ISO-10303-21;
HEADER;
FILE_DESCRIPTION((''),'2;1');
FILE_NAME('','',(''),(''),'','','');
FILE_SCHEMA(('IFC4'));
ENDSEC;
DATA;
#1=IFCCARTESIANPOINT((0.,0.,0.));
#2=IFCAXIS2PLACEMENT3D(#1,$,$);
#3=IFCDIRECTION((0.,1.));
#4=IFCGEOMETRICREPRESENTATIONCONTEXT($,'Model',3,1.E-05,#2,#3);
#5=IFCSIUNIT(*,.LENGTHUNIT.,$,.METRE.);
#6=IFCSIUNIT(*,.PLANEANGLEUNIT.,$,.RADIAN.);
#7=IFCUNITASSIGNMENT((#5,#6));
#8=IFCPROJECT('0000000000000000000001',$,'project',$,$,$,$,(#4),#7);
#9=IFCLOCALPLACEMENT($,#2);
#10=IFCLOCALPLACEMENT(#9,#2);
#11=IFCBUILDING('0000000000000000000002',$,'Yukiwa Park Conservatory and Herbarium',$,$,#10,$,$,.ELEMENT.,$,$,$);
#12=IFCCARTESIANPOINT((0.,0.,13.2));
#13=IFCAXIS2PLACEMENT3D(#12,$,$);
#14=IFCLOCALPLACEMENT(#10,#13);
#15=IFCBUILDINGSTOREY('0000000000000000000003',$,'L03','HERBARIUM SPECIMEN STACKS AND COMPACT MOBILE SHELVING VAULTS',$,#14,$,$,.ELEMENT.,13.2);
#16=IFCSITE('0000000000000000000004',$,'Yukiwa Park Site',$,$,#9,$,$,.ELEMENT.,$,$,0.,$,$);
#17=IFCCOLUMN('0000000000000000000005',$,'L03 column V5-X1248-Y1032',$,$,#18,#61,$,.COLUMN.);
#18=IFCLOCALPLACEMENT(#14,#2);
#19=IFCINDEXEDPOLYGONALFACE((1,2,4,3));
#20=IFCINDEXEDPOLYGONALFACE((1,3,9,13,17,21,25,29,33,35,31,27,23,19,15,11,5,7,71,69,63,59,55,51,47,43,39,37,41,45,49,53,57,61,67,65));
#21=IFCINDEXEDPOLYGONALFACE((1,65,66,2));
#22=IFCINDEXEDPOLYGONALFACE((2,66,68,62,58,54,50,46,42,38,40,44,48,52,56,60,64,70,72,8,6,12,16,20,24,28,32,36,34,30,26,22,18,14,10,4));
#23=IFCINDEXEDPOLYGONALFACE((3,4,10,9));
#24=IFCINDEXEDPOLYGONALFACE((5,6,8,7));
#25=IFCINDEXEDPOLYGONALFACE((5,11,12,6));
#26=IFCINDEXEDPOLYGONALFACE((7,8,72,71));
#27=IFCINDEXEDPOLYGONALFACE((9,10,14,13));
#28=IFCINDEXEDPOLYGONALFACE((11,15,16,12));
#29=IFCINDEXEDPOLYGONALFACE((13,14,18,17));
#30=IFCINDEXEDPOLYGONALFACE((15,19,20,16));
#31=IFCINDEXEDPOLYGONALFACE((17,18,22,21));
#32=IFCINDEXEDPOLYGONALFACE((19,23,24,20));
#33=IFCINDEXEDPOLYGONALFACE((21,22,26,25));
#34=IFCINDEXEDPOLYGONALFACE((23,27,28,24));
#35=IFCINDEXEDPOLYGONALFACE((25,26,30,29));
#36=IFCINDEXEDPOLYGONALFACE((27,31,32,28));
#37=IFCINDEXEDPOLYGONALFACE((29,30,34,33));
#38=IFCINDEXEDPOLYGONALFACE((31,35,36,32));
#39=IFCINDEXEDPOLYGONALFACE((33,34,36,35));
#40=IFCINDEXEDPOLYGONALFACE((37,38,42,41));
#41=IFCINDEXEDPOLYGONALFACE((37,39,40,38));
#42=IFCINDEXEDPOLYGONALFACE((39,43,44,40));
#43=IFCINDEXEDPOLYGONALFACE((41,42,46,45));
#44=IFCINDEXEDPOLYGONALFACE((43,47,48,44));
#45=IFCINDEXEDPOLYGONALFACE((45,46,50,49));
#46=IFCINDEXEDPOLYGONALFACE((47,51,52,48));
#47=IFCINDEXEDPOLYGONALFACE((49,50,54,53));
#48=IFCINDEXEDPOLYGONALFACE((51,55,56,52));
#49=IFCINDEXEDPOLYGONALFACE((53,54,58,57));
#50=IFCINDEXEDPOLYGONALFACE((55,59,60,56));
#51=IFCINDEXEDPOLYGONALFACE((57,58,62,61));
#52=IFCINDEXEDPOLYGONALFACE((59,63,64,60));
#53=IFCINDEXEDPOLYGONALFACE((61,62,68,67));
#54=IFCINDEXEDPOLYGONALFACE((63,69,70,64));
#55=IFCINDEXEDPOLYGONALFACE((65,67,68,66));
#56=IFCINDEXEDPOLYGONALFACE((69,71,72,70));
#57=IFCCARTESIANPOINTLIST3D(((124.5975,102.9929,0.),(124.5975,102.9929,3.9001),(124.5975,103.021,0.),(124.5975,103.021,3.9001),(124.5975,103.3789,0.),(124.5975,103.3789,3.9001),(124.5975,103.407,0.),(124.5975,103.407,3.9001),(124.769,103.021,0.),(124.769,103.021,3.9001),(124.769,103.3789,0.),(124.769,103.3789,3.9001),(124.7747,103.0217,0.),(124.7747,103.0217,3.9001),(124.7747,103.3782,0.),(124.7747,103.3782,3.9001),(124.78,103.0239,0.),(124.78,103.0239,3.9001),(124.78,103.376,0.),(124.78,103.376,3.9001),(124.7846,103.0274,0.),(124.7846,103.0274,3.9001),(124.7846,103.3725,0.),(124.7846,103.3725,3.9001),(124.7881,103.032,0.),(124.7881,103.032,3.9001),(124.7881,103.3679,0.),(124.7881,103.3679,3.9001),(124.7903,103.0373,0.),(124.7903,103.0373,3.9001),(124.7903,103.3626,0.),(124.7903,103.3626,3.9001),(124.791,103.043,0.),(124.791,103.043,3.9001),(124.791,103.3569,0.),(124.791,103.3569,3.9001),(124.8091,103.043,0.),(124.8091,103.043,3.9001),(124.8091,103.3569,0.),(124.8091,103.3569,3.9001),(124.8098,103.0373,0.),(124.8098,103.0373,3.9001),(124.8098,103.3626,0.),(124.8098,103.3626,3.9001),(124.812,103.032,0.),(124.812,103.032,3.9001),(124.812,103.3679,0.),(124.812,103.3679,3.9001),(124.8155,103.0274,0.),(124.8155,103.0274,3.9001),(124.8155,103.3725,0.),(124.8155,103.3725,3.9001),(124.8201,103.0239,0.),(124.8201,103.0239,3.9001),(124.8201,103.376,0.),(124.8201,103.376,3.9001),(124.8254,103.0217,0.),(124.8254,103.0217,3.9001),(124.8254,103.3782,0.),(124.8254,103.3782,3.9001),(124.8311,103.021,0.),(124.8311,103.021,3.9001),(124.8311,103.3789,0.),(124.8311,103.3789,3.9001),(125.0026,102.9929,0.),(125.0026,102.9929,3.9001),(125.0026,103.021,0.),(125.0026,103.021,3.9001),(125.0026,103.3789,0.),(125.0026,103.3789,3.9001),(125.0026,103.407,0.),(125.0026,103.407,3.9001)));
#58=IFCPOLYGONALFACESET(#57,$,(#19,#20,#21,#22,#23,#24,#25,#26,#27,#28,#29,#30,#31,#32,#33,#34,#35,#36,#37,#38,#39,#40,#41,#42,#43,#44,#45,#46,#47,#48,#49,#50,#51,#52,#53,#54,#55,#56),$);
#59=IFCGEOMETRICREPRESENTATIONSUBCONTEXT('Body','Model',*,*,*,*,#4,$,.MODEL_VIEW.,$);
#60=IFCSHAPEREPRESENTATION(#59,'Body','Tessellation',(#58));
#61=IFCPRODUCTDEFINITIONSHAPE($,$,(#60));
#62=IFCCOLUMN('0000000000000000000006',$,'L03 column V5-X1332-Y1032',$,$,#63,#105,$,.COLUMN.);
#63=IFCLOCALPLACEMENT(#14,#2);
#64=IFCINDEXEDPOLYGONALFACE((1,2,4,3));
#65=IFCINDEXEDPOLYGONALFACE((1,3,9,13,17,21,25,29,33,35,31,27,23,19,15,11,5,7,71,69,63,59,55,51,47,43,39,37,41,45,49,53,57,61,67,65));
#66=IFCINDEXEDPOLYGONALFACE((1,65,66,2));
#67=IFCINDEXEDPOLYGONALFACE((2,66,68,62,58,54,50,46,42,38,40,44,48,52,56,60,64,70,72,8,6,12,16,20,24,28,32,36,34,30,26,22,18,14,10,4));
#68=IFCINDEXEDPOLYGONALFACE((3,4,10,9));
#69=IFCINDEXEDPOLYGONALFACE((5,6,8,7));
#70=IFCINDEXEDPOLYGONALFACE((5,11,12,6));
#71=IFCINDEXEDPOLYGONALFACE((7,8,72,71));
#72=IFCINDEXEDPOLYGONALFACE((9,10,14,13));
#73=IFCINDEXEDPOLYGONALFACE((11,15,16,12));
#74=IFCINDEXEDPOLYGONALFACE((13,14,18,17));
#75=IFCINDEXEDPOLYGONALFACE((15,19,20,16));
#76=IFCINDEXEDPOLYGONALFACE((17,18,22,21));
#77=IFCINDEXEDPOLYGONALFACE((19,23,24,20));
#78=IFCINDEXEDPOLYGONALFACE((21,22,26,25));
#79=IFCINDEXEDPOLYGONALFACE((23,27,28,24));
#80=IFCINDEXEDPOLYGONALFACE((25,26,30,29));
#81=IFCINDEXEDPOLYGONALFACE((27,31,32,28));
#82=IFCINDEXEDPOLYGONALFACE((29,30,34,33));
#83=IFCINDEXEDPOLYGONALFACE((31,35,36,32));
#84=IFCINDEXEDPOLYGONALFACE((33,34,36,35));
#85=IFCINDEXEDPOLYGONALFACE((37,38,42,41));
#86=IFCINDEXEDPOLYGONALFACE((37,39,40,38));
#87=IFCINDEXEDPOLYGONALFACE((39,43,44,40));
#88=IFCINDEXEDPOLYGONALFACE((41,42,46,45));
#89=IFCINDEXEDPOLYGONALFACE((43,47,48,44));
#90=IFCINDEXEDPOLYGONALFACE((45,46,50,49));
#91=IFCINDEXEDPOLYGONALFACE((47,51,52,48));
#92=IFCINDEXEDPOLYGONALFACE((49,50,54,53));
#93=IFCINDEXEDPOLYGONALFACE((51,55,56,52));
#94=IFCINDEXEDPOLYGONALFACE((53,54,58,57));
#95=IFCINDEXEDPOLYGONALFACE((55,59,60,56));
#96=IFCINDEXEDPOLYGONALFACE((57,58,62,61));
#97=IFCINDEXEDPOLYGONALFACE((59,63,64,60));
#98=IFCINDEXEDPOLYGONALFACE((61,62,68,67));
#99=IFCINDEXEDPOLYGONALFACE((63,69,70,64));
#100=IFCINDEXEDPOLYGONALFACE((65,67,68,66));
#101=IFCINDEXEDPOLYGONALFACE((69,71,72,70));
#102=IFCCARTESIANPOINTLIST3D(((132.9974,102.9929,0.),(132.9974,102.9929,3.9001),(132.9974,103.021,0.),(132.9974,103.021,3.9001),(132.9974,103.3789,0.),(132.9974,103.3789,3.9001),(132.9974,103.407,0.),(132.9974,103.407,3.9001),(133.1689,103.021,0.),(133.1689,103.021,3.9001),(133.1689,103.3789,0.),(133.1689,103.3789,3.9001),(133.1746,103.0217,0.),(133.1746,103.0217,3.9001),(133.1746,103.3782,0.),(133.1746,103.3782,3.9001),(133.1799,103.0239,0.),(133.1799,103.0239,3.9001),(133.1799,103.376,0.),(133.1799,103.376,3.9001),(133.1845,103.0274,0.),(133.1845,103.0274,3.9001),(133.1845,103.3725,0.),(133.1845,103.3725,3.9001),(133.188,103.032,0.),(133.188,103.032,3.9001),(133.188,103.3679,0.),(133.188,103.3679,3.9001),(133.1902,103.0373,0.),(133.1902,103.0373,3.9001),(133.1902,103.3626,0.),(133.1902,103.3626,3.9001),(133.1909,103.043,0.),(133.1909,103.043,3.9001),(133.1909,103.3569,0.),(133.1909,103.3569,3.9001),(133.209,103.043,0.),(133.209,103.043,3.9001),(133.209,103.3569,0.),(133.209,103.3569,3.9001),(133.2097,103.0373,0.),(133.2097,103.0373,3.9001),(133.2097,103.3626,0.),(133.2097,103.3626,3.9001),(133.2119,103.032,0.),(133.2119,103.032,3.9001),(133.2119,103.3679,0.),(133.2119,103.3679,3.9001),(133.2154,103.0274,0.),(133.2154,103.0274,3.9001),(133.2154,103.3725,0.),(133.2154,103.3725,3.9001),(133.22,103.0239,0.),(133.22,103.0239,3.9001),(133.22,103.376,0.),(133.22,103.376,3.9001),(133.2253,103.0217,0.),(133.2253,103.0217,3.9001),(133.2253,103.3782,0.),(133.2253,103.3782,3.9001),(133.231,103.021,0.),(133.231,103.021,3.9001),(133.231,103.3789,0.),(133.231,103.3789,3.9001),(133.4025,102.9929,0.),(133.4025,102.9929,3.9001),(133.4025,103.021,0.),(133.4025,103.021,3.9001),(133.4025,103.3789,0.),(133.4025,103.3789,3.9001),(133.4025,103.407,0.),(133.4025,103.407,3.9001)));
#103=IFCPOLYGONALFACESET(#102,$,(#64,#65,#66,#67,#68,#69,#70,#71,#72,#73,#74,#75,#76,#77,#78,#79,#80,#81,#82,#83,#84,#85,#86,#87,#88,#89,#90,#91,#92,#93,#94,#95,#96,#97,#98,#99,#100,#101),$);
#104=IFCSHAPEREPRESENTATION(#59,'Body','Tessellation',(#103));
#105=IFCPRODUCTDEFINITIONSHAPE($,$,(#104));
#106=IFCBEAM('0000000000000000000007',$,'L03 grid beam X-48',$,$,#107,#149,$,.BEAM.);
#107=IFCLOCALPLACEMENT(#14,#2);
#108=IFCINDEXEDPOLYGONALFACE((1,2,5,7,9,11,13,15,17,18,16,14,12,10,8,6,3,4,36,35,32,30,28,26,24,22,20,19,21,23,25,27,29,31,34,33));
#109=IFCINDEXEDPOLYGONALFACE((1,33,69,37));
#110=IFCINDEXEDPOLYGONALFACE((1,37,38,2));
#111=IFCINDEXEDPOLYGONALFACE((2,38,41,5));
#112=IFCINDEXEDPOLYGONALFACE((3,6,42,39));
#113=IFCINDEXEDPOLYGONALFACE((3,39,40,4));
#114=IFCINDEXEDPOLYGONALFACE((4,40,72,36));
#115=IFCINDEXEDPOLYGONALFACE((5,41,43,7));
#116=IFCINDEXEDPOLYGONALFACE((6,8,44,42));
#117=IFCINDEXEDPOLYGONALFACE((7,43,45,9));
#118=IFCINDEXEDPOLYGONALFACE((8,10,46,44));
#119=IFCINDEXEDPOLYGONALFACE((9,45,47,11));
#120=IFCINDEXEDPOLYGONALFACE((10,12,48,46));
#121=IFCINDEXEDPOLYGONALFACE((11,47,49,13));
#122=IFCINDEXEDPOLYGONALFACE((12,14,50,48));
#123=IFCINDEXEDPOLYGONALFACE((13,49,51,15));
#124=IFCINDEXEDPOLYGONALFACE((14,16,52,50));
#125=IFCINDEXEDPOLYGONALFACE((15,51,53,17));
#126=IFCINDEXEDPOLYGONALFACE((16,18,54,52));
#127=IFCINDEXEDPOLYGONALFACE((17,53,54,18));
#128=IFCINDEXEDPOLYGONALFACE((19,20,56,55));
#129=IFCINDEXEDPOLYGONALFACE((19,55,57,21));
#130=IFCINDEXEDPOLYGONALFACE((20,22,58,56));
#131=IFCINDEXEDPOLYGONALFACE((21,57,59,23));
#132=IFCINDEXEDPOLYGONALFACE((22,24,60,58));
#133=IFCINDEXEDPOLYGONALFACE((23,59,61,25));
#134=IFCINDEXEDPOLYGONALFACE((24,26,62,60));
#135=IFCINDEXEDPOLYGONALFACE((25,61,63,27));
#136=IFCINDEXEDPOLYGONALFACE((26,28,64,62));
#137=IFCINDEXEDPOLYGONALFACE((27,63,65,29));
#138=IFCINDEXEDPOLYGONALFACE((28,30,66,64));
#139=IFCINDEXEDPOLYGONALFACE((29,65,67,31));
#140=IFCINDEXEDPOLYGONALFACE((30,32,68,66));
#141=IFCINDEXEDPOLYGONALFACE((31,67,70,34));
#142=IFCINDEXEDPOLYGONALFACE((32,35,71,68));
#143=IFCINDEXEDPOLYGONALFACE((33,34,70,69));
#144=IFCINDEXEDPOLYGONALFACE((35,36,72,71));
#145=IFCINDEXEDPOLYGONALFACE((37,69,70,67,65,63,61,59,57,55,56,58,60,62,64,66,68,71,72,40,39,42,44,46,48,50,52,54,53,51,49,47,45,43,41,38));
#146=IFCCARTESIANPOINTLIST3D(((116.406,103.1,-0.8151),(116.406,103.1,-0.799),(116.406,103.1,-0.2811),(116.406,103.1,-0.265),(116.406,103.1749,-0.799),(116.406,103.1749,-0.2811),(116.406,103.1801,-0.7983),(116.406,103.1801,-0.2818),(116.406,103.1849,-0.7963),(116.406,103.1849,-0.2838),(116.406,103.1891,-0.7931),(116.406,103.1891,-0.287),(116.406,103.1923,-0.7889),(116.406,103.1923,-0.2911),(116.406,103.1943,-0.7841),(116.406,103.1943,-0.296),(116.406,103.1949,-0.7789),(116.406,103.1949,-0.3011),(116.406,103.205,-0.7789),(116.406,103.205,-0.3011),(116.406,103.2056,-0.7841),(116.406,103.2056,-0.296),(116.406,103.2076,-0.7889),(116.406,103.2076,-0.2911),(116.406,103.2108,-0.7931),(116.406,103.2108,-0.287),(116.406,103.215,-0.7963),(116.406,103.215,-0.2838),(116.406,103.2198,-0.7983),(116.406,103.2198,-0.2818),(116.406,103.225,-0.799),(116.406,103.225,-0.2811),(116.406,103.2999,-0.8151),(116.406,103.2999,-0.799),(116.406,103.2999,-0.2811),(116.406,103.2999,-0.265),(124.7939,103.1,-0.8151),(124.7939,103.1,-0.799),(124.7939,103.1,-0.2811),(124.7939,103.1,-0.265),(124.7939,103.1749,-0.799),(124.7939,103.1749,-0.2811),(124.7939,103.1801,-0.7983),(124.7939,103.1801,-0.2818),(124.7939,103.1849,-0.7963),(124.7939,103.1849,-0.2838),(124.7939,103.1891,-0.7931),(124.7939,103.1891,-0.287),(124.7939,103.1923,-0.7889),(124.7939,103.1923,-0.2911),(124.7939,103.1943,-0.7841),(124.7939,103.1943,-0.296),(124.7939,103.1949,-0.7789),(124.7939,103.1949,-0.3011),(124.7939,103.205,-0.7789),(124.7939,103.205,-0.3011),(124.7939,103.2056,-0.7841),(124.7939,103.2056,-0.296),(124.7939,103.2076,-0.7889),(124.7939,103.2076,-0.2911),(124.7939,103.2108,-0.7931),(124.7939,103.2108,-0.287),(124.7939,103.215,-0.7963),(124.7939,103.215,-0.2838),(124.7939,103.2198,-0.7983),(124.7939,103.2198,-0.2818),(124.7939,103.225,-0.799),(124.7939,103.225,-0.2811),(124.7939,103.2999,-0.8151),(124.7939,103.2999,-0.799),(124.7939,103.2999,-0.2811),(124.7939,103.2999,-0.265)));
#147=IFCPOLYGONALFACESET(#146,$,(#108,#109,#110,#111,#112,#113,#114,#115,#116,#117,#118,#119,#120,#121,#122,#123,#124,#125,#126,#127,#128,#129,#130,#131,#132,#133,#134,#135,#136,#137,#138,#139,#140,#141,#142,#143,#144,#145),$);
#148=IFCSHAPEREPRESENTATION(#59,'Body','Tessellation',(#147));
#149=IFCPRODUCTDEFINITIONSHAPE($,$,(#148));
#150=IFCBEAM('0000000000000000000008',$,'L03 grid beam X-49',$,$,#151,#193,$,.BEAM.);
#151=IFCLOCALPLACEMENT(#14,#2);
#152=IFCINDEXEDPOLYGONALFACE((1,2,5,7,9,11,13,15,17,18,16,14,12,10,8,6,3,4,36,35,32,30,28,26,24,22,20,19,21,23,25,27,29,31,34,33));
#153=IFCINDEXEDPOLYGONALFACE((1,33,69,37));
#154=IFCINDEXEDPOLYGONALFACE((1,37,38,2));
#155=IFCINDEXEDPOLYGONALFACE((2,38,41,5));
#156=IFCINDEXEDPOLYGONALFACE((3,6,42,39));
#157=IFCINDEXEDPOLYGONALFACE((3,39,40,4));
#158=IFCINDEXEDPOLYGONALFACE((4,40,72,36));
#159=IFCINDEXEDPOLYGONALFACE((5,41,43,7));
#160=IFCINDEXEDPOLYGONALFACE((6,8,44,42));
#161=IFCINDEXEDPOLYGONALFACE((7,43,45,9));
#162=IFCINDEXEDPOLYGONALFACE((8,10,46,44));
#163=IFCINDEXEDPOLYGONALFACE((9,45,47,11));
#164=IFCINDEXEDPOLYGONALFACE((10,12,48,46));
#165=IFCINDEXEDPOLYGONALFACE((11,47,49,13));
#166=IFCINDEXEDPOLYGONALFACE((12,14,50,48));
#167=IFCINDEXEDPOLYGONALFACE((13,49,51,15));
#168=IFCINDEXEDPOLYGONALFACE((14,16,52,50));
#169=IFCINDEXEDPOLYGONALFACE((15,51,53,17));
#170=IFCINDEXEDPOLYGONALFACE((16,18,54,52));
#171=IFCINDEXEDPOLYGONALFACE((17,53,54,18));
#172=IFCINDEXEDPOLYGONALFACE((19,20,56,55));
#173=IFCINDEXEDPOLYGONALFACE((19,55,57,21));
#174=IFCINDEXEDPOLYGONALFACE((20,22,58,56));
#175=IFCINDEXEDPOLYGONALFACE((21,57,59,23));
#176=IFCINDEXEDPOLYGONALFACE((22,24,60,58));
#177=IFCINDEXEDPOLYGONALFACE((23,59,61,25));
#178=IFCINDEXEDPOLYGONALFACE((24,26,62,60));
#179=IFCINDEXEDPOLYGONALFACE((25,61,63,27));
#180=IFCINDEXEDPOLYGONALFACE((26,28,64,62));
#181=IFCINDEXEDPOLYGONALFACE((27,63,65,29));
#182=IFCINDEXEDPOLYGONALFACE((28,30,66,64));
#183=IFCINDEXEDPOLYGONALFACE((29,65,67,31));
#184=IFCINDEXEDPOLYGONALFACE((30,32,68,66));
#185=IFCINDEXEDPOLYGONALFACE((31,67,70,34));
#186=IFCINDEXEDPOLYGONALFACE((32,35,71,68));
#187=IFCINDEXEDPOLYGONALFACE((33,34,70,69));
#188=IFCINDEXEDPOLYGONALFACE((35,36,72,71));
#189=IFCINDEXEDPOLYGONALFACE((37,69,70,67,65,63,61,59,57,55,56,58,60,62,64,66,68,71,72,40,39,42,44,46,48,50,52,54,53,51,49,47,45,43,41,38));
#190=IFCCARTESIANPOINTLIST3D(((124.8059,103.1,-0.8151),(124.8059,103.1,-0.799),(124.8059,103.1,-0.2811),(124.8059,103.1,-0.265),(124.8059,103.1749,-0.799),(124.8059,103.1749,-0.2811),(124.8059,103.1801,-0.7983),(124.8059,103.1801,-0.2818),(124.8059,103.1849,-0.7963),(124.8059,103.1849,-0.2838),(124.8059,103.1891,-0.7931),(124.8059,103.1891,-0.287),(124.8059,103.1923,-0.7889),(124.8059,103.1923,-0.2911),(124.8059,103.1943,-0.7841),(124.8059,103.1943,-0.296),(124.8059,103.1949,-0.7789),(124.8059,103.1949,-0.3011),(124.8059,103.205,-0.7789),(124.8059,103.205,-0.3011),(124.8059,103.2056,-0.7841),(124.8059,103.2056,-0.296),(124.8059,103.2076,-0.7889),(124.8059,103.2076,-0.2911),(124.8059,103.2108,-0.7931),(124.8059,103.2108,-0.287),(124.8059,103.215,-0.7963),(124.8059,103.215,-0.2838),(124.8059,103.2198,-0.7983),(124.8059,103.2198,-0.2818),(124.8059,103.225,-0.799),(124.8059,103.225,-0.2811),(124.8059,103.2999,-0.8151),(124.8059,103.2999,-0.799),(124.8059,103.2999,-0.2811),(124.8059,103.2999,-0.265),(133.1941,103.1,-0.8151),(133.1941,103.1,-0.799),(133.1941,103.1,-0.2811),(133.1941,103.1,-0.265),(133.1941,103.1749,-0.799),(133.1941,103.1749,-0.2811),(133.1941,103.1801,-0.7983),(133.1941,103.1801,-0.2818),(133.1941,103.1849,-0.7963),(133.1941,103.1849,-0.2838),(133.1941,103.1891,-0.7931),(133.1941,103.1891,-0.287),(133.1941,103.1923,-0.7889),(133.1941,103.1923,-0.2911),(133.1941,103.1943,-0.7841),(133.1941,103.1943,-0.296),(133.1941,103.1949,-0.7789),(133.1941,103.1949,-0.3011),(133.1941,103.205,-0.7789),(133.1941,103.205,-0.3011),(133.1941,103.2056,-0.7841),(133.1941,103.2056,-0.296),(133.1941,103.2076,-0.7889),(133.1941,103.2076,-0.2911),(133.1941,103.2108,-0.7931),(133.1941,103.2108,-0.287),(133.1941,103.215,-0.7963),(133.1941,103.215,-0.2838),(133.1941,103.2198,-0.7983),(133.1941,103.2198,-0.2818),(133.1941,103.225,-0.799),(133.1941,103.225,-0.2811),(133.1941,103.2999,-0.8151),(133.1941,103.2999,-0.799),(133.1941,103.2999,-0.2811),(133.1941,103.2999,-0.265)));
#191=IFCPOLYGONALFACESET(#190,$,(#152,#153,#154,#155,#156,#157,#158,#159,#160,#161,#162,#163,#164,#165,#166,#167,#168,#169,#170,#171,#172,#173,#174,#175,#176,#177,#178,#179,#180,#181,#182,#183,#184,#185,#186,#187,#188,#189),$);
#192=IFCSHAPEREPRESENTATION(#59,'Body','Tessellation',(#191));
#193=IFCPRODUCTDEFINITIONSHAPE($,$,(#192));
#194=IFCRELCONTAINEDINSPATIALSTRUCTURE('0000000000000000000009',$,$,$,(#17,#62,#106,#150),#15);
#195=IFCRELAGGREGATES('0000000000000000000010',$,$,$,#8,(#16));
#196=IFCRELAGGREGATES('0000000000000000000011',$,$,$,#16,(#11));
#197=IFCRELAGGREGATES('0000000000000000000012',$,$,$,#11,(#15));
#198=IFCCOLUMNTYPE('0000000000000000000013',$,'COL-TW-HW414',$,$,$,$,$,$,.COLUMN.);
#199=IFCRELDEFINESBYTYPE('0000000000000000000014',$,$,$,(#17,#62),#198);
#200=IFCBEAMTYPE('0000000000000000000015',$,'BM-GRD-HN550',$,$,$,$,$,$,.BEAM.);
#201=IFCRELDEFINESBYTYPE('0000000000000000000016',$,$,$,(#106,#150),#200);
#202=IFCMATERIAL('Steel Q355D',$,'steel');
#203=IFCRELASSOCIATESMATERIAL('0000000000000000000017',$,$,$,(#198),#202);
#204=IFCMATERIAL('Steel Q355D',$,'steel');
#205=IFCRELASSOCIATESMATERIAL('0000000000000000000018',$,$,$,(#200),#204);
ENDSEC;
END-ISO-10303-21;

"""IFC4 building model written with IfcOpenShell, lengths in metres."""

from ifc_helpers import new_model, si_unit, direction, frame, origin, origin_2d, place, context, subcontext, project, spatial, i_section, extrude, material, material_profile, profile_set, type_object, element, save


model = new_model("IFC4")

# Units and contexts
model_context = context("Model", 3, precision=1e-05, world=origin(), true_north=direction((0.0, 1.0)))
body_context = subcontext(model_context, "Body", "Model", "MODEL_VIEW")
ifc_project = project(units=[si_unit("LENGTHUNIT", "METRE"), si_unit("PLANEANGLEUNIT", "RADIAN")], contexts=[model_context])

# Site, building, storey
site_placement = place(None, origin())
site = spatial("IfcSite", under=ifc_project, at=site_placement, Name="Yukiwa Park Site", CompositionType="ELEMENT", RefElevation=0.0)
building_placement = place(site_placement, origin())
building = spatial("IfcBuilding", under=site, at=building_placement, Name="Yukiwa Park Conservatory and Herbarium", CompositionType="ELEMENT")
storey_placement = place(building_placement, frame((0.0, 0.0, 13.2)))
storey = spatial("IfcBuildingStorey", under=building, at=storey_placement, Name="L03", Description="HERBARIUM SPECIMEN STACKS AND COMPACT MOBILE SHELVING VAULTS", CompositionType="ELEMENT", Elevation=13.2)

# Columns
ifc_material_1 = material(Name="Steel Q355D", Category="steel")
ifc_material_profile_1 = material_profile(ifc_material_1, i_section(OverallWidth=0.405, OverallDepth=0.4141, WebThickness=0.0181, FlangeThickness=0.0281, FilletRadius=0.022, at=origin_2d()), Name="HW 414x405x18x28")
ifc_profile_set_1 = profile_set([ifc_material_profile_1], Name="Steel Q355D")
column_type_1 = type_object("IfcColumnType", Name="COL-TW-HW414", PredefinedType="COLUMN", material=ifc_profile_set_1)
for number, where, z_axis, x_axis, name in (
    (1, (124.8, 103.2, 0.0), (0.0, 0.0, 1.0), (1.0, 0.0, 0.0), "L03 column V5-X1248-Y1032"),
    (2, (133.2, 103.2, 0.0), (0.0, 0.0, 1.0), (1.0, 0.0, 0.0), "L03 column V5-X1332-Y1032"),
):
    element("IfcColumn", number, at=place(storey_placement, frame(where, z_axis=z_axis, x_axis=x_axis)), inside=storey, type_object=column_type_1, Name=name, PredefinedType="COLUMN", context=body_context, shape_type="SweptSolid", body=[
        extrude(i_section(OverallWidth=0.405, OverallDepth=0.4141, WebThickness=0.0181, FlangeThickness=0.0281, FilletRadius=0.022, at=origin_2d()), origin(), (0.0, 0.0, 1.0), 3.9001),
    ])

# Beams
ifc_material_2 = material(Name="Steel Q355D", Category="steel")
ifc_material_profile_2 = material_profile(ifc_material_2, i_section(OverallWidth=0.2, OverallDepth=0.55, WebThickness=0.01, FlangeThickness=0.0161, FilletRadius=0.02, at=origin_2d()), Name="HN 550x200x10x16")
ifc_profile_set_2 = profile_set([ifc_material_profile_2], Name="Steel Q355D")
beam_type_1 = type_object("IfcBeamType", Name="BM-GRD-HN550", PredefinedType="BEAM", material=ifc_profile_set_2)
beam_1_placement = place(storey_placement, frame((116.406, 103.2, -0.54), z_axis=(1.0, 0.0, 0.0), x_axis=(0.0, 1.0, 0.0)))
element("IfcBeam", 3, at=beam_1_placement, inside=storey, type_object=beam_type_1, Name="L03 grid beam X-48", PredefinedType="BEAM", context=body_context, shape_type="SweptSolid", body=[
    extrude(i_section(OverallWidth=0.2, OverallDepth=0.55, WebThickness=0.01, FlangeThickness=0.0161, FilletRadius=0.02, at=origin_2d()), origin(), (0.0, 0.0, 1.0), 8.3879),
])
beam_2_placement = place(storey_placement, frame((124.8059, 103.2, -0.54), z_axis=(1.0, 0.0, 0.0), x_axis=(0.0, 1.0, 0.0)))
element("IfcBeam", 4, at=beam_2_placement, inside=storey, type_object=beam_type_1, Name="L03 grid beam X-49", PredefinedType="BEAM", context=body_context, shape_type="SweptSolid", body=[
    extrude(i_section(OverallWidth=0.2, OverallDepth=0.55, WebThickness=0.01, FlangeThickness=0.0161, FilletRadius=0.02, at=origin_2d()), origin(), (0.0, 0.0, 1.0), 8.3882),
])

save(model, "model.ifc")
